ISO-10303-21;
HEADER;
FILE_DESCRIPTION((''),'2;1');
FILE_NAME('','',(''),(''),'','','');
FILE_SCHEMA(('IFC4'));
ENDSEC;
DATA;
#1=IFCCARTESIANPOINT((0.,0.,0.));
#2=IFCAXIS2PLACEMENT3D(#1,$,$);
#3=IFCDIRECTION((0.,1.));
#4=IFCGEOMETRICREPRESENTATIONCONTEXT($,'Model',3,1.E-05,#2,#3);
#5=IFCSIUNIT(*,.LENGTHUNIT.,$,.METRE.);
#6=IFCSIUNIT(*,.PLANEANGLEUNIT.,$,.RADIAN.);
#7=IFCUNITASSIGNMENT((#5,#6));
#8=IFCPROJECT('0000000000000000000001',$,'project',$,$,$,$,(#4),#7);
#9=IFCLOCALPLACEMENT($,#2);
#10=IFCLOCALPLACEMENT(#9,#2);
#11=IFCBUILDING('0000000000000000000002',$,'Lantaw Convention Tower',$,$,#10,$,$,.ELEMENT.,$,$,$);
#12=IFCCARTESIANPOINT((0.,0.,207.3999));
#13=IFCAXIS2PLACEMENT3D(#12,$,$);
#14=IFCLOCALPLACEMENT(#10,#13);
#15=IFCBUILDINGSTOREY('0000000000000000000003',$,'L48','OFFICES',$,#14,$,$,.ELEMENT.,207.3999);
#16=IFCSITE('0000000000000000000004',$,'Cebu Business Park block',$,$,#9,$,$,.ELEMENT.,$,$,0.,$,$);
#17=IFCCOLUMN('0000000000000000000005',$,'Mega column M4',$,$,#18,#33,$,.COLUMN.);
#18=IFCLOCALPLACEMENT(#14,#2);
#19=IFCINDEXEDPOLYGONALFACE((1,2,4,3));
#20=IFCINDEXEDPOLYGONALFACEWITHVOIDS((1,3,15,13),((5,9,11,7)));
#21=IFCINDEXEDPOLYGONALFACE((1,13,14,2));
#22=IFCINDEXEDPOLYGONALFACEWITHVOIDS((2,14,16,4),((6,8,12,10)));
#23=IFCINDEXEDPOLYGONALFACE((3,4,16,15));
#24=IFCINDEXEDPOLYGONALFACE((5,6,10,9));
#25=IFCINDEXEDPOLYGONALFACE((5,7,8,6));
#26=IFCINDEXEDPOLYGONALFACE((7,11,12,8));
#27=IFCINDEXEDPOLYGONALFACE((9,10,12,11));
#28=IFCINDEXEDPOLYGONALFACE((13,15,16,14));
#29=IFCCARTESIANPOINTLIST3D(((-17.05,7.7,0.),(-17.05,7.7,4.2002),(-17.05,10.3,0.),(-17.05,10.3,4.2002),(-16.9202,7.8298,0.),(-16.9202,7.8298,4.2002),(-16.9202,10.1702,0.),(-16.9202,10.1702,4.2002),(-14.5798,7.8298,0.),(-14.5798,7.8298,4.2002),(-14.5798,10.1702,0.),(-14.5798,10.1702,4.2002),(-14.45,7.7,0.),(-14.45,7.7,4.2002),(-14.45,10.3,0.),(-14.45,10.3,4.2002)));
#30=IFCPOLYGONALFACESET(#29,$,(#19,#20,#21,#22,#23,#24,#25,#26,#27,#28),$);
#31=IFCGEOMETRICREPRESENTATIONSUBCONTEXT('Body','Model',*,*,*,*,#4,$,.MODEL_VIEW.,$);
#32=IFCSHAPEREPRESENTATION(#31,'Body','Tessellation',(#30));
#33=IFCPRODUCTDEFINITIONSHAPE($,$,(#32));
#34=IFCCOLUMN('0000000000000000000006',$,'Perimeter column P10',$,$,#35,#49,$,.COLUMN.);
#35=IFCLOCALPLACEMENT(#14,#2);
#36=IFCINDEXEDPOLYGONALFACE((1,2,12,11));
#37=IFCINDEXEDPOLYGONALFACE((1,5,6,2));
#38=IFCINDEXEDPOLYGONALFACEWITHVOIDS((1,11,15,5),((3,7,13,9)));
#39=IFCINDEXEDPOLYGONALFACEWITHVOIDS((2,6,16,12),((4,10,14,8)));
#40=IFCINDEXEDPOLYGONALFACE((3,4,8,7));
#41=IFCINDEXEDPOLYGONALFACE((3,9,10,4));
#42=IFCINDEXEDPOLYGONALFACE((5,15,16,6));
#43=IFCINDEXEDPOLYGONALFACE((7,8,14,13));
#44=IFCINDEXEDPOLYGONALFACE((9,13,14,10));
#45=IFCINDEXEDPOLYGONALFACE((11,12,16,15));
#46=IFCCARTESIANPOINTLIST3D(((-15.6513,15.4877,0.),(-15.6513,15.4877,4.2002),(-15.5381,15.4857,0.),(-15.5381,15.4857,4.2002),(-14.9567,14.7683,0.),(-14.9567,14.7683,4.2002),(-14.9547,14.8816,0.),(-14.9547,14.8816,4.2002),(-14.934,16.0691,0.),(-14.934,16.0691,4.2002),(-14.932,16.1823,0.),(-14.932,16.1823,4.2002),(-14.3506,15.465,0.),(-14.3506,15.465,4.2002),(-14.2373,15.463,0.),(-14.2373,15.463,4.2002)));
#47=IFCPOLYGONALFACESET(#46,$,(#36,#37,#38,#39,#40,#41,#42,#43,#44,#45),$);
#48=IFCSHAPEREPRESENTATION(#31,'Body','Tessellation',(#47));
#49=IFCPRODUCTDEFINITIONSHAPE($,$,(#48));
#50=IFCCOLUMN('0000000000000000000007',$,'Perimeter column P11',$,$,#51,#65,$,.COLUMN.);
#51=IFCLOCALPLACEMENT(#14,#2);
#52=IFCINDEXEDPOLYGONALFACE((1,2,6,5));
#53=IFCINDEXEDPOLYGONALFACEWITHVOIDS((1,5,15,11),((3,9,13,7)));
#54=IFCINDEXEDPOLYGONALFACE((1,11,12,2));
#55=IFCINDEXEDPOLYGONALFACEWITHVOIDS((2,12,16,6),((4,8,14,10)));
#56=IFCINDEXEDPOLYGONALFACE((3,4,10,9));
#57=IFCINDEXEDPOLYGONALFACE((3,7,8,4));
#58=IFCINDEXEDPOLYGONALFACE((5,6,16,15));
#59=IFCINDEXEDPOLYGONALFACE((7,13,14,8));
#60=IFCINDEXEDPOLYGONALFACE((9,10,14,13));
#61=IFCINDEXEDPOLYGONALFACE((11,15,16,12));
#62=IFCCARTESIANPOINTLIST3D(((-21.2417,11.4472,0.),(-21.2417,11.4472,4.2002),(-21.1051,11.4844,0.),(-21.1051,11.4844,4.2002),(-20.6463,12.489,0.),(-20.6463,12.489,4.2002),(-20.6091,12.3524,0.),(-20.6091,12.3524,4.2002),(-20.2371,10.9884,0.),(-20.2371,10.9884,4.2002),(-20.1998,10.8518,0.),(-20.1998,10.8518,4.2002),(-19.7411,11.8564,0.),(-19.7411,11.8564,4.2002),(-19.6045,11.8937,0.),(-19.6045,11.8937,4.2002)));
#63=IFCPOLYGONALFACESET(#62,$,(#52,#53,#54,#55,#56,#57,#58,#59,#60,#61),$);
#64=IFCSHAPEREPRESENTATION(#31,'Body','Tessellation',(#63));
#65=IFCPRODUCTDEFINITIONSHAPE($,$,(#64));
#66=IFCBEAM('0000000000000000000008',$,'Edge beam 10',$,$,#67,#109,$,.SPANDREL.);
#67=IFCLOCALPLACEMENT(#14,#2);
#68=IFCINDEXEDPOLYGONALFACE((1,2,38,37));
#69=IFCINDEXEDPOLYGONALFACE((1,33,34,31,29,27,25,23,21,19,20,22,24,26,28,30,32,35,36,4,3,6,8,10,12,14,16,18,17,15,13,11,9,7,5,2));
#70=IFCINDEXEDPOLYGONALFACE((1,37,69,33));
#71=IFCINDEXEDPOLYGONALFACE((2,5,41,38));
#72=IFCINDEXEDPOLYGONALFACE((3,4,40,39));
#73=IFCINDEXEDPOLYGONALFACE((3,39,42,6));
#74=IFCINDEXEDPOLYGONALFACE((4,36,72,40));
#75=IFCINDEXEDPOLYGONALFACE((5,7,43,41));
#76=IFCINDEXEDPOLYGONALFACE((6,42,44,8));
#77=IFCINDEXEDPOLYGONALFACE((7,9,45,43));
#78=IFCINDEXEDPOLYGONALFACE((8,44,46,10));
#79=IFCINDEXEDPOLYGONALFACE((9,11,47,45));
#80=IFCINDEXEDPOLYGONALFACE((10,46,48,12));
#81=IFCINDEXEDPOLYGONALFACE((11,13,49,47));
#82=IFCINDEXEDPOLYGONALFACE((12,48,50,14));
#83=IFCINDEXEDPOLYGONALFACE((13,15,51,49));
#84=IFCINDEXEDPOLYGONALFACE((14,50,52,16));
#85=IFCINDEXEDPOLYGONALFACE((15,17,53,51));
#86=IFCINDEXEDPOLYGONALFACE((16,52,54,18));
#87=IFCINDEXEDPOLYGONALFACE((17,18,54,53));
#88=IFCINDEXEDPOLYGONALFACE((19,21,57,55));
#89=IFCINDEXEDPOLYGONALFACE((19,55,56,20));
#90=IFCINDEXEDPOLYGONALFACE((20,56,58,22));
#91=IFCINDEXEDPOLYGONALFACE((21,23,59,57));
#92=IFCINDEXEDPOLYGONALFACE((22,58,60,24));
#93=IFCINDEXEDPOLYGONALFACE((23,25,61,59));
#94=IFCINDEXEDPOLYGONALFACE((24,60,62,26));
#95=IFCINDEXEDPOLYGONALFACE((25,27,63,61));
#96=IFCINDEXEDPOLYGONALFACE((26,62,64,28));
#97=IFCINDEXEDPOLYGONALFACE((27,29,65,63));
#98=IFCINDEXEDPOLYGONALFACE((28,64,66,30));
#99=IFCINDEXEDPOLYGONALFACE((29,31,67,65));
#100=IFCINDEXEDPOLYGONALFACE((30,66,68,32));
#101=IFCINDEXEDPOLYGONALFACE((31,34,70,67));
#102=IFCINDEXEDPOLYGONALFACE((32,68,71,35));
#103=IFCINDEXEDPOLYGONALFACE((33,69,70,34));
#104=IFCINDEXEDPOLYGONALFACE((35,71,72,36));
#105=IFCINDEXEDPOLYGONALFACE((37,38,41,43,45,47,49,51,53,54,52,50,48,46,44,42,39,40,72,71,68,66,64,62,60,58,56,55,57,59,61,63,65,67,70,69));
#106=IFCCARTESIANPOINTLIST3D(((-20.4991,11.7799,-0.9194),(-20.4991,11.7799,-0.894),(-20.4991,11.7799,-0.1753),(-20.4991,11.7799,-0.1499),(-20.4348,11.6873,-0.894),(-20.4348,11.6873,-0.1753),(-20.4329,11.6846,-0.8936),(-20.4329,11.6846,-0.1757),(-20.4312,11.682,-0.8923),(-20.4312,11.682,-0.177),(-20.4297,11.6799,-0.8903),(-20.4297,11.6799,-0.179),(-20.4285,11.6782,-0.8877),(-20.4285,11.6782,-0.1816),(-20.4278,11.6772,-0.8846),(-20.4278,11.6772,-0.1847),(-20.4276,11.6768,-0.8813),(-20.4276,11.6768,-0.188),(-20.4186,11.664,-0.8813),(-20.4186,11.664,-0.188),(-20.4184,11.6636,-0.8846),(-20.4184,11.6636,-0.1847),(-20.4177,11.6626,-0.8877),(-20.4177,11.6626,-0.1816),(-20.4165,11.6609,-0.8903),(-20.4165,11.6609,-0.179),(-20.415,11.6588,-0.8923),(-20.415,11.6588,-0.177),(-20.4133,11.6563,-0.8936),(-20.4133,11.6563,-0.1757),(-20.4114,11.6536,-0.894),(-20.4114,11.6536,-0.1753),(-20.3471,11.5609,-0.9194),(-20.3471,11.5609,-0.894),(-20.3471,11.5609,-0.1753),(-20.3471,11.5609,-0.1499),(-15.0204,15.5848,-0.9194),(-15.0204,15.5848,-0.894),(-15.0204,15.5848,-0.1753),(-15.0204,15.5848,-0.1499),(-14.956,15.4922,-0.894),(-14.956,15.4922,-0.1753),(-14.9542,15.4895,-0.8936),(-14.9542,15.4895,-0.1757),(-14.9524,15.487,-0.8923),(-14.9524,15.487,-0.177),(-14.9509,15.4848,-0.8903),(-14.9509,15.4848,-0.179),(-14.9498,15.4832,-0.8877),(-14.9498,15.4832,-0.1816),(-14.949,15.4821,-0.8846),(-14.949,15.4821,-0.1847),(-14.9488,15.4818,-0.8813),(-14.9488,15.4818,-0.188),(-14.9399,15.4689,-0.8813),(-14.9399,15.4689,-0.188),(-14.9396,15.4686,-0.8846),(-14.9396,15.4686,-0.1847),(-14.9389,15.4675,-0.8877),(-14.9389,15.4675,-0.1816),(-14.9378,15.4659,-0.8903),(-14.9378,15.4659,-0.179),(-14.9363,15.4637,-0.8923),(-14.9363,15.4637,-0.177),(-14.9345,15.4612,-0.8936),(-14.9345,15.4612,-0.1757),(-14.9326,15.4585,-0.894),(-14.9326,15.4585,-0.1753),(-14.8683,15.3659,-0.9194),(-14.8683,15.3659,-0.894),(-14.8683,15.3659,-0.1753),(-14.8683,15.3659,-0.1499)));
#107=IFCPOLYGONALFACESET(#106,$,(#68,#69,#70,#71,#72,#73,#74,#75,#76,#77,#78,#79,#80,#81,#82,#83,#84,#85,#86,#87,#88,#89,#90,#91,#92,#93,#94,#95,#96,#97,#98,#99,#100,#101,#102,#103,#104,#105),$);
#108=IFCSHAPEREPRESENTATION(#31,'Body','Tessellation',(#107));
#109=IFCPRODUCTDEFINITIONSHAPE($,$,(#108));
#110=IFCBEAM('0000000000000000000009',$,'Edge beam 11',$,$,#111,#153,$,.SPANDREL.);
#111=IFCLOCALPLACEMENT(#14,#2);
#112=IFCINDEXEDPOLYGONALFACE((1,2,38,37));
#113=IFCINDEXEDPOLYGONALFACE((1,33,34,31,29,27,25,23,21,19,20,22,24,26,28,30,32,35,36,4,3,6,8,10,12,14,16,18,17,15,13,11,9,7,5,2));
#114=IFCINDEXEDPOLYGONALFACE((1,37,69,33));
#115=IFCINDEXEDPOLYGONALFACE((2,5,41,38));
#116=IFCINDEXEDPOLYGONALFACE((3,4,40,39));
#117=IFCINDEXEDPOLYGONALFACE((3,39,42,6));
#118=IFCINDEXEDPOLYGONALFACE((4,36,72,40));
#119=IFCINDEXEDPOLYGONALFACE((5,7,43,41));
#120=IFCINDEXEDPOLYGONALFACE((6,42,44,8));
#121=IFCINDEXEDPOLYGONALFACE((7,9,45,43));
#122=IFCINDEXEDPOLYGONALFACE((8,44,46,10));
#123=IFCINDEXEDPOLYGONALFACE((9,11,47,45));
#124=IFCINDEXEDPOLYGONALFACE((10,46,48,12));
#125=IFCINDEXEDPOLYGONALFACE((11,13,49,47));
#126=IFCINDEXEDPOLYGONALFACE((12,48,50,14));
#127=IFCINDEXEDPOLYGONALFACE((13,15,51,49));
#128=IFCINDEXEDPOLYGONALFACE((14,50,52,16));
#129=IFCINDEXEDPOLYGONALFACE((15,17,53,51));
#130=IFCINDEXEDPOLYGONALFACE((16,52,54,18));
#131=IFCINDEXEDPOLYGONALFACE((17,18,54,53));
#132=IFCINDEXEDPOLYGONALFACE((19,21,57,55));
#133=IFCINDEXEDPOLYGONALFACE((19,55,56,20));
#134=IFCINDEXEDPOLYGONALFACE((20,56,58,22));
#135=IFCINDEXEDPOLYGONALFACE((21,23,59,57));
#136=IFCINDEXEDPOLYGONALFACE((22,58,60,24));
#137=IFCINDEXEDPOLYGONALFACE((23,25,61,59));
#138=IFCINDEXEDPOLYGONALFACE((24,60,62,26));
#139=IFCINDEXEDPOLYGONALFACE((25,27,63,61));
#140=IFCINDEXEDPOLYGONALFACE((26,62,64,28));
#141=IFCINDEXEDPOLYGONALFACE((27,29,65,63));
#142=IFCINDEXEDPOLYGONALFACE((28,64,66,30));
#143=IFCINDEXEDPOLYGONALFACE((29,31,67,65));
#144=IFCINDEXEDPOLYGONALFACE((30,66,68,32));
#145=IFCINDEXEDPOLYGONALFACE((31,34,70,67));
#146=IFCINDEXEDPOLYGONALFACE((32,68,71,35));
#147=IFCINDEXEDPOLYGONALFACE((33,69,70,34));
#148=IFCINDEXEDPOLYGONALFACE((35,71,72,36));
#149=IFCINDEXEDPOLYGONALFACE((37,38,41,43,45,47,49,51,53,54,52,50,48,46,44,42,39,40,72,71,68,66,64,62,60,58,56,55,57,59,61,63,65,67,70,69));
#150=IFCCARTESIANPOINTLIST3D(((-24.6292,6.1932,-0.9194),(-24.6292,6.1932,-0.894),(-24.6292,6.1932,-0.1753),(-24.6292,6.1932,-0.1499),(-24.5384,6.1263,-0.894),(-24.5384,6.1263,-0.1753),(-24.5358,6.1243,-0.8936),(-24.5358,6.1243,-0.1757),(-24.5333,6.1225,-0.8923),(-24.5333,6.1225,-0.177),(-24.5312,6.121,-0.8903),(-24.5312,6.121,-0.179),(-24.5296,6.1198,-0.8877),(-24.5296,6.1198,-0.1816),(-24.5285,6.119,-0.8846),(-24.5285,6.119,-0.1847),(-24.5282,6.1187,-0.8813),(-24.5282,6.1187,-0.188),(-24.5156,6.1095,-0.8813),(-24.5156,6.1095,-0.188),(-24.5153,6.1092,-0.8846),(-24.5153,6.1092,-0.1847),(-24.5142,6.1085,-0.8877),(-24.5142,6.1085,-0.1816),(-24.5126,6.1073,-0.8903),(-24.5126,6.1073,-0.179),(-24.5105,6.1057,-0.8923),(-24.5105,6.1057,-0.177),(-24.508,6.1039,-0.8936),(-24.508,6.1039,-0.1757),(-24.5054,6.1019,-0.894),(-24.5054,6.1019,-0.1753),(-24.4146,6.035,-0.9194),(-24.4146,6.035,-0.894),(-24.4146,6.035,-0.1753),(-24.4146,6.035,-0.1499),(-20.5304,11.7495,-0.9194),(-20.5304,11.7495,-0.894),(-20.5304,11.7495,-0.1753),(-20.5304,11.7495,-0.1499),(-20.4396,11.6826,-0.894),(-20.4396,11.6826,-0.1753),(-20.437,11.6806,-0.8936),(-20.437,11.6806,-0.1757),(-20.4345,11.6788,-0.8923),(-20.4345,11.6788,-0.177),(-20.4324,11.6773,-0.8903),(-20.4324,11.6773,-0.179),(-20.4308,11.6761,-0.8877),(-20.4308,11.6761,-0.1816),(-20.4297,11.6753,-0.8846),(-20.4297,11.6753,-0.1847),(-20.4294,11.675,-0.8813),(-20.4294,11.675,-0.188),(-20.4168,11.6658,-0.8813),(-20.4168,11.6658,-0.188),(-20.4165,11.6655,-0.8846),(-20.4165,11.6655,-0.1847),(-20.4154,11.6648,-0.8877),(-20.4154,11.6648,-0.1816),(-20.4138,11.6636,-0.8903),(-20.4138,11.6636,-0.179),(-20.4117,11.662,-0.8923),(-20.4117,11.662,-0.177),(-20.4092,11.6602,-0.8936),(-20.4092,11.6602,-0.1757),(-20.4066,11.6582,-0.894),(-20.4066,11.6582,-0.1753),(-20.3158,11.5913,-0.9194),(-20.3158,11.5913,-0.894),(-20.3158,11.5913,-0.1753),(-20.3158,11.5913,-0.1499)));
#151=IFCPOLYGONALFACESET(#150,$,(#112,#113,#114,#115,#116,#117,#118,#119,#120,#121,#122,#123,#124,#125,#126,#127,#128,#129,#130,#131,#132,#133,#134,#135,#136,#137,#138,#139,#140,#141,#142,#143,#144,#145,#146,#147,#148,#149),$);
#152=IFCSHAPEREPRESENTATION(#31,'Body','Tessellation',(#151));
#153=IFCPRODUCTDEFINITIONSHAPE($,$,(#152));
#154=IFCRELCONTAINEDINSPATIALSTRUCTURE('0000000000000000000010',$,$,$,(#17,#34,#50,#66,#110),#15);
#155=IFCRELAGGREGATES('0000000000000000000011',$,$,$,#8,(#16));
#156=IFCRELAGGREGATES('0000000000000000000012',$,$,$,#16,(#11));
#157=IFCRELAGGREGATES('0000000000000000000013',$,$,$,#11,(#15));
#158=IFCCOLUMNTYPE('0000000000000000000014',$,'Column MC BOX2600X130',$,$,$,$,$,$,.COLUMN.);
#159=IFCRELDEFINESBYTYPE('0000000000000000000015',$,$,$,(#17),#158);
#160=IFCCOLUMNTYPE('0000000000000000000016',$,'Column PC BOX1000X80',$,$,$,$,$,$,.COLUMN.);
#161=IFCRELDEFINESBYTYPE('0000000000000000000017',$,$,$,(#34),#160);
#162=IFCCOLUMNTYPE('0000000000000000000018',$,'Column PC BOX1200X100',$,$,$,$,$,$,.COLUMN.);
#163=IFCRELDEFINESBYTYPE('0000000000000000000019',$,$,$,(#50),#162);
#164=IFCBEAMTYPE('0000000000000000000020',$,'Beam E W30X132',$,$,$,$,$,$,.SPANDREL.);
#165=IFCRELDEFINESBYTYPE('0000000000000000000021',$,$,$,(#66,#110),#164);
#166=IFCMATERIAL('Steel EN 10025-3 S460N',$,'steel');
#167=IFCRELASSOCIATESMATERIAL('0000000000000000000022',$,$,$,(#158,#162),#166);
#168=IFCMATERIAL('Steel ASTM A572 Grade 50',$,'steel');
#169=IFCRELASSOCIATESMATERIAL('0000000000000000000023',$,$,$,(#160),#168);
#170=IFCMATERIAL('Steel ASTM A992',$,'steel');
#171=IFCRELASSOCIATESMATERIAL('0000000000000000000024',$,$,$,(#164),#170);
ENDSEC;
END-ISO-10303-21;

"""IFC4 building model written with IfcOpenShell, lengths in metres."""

from ifc_helpers import new_model, si_unit, direction, frame, origin, origin_2d, place, context, subcontext, project, spatial, rectangle, hollow_rectangle, i_section, extrude, material, material_profile, profile_set, type_object, element, save


model = new_model("IFC4")

# Units and contexts
model_context = context("Model", 3, precision=1e-05, world=origin(), true_north=direction((0.0, 1.0)))
body_context = subcontext(model_context, "Body", "Model", "MODEL_VIEW")
ifc_project = project(units=[si_unit("LENGTHUNIT", "METRE"), si_unit("PLANEANGLEUNIT", "RADIAN")], contexts=[model_context])

# Site, building, storey
site_placement = place(None, origin())
site = spatial("IfcSite", under=ifc_project, at=site_placement, Name="Cebu Business Park block", CompositionType="ELEMENT", RefElevation=0.0)
building_placement = place(site_placement, origin())
building = spatial("IfcBuilding", under=site, at=building_placement, Name="Lantaw Convention Tower", CompositionType="ELEMENT")
storey_placement = place(building_placement, frame((0.0, 0.0, 207.3999)))
storey = spatial("IfcBuildingStorey", under=building, at=storey_placement, Name="L48", Description="OFFICES", CompositionType="ELEMENT", Elevation=207.3999)

# Columns
ifc_material_1 = material(Name="Steel EN 10025-3 S460N", Category="steel")
ifc_material_profile_1 = material_profile(ifc_material_1, hollow_rectangle(XDim=2.6001, YDim=2.6001, WallThickness=0.1299, at=origin_2d()), Name="BOX2600X130")
ifc_material_2 = material(Name="Concrete C60/75", Category="concrete")
ifc_material_profile_2 = material_profile(ifc_material_2, rectangle(XDim=2.3401, YDim=2.3401, at=origin_2d()), Name="Concrete fill of BOX2600X130")
ifc_profile_set_1 = profile_set([ifc_material_profile_1, ifc_material_profile_2], Name="Steel EN 10025-3 S460N")
column_type_1 = type_object("IfcColumnType", Name="Column MC BOX2600X130", PredefinedType="COLUMN", material=ifc_profile_set_1)
column_1_placement = place(storey_placement, frame((-15.75, 9.0, 0.0), z_axis=(0.0, 0.0, 1.0), x_axis=(1.0, 0.0, 0.0)))
element("IfcColumn", 1, at=column_1_placement, inside=storey, type_object=column_type_1, Name="Mega column M4", PredefinedType="COLUMN", context=body_context, shape_type="SweptSolid", body=[
    extrude(hollow_rectangle(XDim=2.6001, YDim=2.6001, WallThickness=0.1299, at=origin_2d()), origin(), (0.0, 0.0, 1.0), 4.2002),
])
ifc_material_3 = material(Name="Steel ASTM A572 Grade 50", Category="steel")
ifc_material_profile_3 = material_profile(ifc_material_3, hollow_rectangle(XDim=1.0, YDim=1.0, WallThickness=0.0801, at=origin_2d()), Name="BOX1000X80")
ifc_material_profile_4 = material_profile(ifc_material_2, rectangle(XDim=0.8401, YDim=0.8401, at=origin_2d()), Name="Concrete fill of BOX1000X80")
ifc_profile_set_2 = profile_set([ifc_material_profile_3, ifc_material_profile_4], Name="Steel ASTM A572 Grade 50")
column_type_2 = type_object("IfcColumnType", Name="Column PC BOX1000X80", PredefinedType="COLUMN", material=ifc_profile_set_2)
column_2_placement = place(storey_placement, frame((-14.9443, 15.4753, 0.0), z_axis=(0.0, 0.0, 1.0), x_axis=(0.71934, 0.694658, 0.0)))
element("IfcColumn", 2, at=column_2_placement, inside=storey, type_object=column_type_2, Name="Perimeter column P10", PredefinedType="COLUMN", context=body_context, shape_type="SweptSolid", body=[
    extrude(hollow_rectangle(XDim=1.0, YDim=1.0, WallThickness=0.0801, at=origin_2d()), origin(), (0.0, 0.0, 1.0), 4.2002),
])
ifc_material_profile_5 = material_profile(ifc_material_1, hollow_rectangle(XDim=1.2, YDim=1.2, WallThickness=0.1001, at=origin_2d()), Name="BOX1200X100")
ifc_material_profile_6 = material_profile(ifc_material_2, rectangle(XDim=1.0, YDim=1.0, at=origin_2d()), Name="Concrete fill of BOX1200X100")
ifc_profile_set_3 = profile_set([ifc_material_profile_5, ifc_material_profile_6], Name="Steel EN 10025-3 S460N")
column_type_3 = type_object("IfcColumnType", Name="Column PC BOX1200X100", PredefinedType="COLUMN", material=ifc_profile_set_3)
column_3_placement = place(storey_placement, frame((-20.4231, 11.6704, 0.0), z_axis=(0.0, 0.0, 1.0), x_axis=(0.496139, 0.868243, 0.0)))
element("IfcColumn", 3, at=column_3_placement, inside=storey, type_object=column_type_3, Name="Perimeter column P11", PredefinedType="COLUMN", context=body_context, shape_type="SweptSolid", body=[
    extrude(hollow_rectangle(XDim=1.2, YDim=1.2, WallThickness=0.1001, at=origin_2d()), origin(), (0.0, 0.0, 1.0), 4.2002),
])

# Beams
ifc_material_4 = material(Name="Steel ASTM A992", Category="steel")
ifc_material_profile_7 = material_profile(ifc_material_4, i_section(OverallWidth=0.2666, OverallDepth=0.7695, WebThickness=0.0156, FlangeThickness=0.0254, FilletRadius=0.0127, at=origin_2d()), Name="W30X132")
ifc_profile_set_4 = profile_set([ifc_material_profile_7], Name="Steel ASTM A992")
beam_type_1 = type_object("IfcBeamType", Name="Beam E W30X132", PredefinedType="SPANDREL", material=ifc_profile_set_4)
beam_1_placement = place(storey_placement, frame((-14.9443, 15.4753, -0.5347), z_axis=(-0.821353, -0.57042, 0.0), x_axis=(0.57042, -0.821353, 0.0)))
element("IfcBeam", 4, at=beam_1_placement, inside=storey, type_object=beam_type_1, Name="Edge beam 10", PredefinedType="SPANDREL", context=body_context, shape_type="SweptSolid", body=[
    extrude(i_section(OverallWidth=0.2666, OverallDepth=0.7695, WebThickness=0.0156, FlangeThickness=0.0254, FilletRadius=0.0127, at=origin_2d()), origin(), (0.0, 0.0, 1.0), 6.6704),
])
beam_2_placement = place(storey_placement, frame((-20.4231, 11.6704, -0.5347), z_axis=(-0.593639, -0.804731, 0.0), x_axis=(0.804731, -0.593639, 0.0)))
element("IfcBeam", 5, at=beam_2_placement, inside=storey, type_object=beam_type_1, Name="Edge beam 11", PredefinedType="SPANDREL", context=body_context, shape_type="SweptSolid", body=[
    extrude(i_section(OverallWidth=0.2666, OverallDepth=0.7695, WebThickness=0.0156, FlangeThickness=0.0254, FilletRadius=0.0127, at=origin_2d()), origin(), (0.0, 0.0, 1.0), 6.9045),
])

save(model, "model.ifc")
